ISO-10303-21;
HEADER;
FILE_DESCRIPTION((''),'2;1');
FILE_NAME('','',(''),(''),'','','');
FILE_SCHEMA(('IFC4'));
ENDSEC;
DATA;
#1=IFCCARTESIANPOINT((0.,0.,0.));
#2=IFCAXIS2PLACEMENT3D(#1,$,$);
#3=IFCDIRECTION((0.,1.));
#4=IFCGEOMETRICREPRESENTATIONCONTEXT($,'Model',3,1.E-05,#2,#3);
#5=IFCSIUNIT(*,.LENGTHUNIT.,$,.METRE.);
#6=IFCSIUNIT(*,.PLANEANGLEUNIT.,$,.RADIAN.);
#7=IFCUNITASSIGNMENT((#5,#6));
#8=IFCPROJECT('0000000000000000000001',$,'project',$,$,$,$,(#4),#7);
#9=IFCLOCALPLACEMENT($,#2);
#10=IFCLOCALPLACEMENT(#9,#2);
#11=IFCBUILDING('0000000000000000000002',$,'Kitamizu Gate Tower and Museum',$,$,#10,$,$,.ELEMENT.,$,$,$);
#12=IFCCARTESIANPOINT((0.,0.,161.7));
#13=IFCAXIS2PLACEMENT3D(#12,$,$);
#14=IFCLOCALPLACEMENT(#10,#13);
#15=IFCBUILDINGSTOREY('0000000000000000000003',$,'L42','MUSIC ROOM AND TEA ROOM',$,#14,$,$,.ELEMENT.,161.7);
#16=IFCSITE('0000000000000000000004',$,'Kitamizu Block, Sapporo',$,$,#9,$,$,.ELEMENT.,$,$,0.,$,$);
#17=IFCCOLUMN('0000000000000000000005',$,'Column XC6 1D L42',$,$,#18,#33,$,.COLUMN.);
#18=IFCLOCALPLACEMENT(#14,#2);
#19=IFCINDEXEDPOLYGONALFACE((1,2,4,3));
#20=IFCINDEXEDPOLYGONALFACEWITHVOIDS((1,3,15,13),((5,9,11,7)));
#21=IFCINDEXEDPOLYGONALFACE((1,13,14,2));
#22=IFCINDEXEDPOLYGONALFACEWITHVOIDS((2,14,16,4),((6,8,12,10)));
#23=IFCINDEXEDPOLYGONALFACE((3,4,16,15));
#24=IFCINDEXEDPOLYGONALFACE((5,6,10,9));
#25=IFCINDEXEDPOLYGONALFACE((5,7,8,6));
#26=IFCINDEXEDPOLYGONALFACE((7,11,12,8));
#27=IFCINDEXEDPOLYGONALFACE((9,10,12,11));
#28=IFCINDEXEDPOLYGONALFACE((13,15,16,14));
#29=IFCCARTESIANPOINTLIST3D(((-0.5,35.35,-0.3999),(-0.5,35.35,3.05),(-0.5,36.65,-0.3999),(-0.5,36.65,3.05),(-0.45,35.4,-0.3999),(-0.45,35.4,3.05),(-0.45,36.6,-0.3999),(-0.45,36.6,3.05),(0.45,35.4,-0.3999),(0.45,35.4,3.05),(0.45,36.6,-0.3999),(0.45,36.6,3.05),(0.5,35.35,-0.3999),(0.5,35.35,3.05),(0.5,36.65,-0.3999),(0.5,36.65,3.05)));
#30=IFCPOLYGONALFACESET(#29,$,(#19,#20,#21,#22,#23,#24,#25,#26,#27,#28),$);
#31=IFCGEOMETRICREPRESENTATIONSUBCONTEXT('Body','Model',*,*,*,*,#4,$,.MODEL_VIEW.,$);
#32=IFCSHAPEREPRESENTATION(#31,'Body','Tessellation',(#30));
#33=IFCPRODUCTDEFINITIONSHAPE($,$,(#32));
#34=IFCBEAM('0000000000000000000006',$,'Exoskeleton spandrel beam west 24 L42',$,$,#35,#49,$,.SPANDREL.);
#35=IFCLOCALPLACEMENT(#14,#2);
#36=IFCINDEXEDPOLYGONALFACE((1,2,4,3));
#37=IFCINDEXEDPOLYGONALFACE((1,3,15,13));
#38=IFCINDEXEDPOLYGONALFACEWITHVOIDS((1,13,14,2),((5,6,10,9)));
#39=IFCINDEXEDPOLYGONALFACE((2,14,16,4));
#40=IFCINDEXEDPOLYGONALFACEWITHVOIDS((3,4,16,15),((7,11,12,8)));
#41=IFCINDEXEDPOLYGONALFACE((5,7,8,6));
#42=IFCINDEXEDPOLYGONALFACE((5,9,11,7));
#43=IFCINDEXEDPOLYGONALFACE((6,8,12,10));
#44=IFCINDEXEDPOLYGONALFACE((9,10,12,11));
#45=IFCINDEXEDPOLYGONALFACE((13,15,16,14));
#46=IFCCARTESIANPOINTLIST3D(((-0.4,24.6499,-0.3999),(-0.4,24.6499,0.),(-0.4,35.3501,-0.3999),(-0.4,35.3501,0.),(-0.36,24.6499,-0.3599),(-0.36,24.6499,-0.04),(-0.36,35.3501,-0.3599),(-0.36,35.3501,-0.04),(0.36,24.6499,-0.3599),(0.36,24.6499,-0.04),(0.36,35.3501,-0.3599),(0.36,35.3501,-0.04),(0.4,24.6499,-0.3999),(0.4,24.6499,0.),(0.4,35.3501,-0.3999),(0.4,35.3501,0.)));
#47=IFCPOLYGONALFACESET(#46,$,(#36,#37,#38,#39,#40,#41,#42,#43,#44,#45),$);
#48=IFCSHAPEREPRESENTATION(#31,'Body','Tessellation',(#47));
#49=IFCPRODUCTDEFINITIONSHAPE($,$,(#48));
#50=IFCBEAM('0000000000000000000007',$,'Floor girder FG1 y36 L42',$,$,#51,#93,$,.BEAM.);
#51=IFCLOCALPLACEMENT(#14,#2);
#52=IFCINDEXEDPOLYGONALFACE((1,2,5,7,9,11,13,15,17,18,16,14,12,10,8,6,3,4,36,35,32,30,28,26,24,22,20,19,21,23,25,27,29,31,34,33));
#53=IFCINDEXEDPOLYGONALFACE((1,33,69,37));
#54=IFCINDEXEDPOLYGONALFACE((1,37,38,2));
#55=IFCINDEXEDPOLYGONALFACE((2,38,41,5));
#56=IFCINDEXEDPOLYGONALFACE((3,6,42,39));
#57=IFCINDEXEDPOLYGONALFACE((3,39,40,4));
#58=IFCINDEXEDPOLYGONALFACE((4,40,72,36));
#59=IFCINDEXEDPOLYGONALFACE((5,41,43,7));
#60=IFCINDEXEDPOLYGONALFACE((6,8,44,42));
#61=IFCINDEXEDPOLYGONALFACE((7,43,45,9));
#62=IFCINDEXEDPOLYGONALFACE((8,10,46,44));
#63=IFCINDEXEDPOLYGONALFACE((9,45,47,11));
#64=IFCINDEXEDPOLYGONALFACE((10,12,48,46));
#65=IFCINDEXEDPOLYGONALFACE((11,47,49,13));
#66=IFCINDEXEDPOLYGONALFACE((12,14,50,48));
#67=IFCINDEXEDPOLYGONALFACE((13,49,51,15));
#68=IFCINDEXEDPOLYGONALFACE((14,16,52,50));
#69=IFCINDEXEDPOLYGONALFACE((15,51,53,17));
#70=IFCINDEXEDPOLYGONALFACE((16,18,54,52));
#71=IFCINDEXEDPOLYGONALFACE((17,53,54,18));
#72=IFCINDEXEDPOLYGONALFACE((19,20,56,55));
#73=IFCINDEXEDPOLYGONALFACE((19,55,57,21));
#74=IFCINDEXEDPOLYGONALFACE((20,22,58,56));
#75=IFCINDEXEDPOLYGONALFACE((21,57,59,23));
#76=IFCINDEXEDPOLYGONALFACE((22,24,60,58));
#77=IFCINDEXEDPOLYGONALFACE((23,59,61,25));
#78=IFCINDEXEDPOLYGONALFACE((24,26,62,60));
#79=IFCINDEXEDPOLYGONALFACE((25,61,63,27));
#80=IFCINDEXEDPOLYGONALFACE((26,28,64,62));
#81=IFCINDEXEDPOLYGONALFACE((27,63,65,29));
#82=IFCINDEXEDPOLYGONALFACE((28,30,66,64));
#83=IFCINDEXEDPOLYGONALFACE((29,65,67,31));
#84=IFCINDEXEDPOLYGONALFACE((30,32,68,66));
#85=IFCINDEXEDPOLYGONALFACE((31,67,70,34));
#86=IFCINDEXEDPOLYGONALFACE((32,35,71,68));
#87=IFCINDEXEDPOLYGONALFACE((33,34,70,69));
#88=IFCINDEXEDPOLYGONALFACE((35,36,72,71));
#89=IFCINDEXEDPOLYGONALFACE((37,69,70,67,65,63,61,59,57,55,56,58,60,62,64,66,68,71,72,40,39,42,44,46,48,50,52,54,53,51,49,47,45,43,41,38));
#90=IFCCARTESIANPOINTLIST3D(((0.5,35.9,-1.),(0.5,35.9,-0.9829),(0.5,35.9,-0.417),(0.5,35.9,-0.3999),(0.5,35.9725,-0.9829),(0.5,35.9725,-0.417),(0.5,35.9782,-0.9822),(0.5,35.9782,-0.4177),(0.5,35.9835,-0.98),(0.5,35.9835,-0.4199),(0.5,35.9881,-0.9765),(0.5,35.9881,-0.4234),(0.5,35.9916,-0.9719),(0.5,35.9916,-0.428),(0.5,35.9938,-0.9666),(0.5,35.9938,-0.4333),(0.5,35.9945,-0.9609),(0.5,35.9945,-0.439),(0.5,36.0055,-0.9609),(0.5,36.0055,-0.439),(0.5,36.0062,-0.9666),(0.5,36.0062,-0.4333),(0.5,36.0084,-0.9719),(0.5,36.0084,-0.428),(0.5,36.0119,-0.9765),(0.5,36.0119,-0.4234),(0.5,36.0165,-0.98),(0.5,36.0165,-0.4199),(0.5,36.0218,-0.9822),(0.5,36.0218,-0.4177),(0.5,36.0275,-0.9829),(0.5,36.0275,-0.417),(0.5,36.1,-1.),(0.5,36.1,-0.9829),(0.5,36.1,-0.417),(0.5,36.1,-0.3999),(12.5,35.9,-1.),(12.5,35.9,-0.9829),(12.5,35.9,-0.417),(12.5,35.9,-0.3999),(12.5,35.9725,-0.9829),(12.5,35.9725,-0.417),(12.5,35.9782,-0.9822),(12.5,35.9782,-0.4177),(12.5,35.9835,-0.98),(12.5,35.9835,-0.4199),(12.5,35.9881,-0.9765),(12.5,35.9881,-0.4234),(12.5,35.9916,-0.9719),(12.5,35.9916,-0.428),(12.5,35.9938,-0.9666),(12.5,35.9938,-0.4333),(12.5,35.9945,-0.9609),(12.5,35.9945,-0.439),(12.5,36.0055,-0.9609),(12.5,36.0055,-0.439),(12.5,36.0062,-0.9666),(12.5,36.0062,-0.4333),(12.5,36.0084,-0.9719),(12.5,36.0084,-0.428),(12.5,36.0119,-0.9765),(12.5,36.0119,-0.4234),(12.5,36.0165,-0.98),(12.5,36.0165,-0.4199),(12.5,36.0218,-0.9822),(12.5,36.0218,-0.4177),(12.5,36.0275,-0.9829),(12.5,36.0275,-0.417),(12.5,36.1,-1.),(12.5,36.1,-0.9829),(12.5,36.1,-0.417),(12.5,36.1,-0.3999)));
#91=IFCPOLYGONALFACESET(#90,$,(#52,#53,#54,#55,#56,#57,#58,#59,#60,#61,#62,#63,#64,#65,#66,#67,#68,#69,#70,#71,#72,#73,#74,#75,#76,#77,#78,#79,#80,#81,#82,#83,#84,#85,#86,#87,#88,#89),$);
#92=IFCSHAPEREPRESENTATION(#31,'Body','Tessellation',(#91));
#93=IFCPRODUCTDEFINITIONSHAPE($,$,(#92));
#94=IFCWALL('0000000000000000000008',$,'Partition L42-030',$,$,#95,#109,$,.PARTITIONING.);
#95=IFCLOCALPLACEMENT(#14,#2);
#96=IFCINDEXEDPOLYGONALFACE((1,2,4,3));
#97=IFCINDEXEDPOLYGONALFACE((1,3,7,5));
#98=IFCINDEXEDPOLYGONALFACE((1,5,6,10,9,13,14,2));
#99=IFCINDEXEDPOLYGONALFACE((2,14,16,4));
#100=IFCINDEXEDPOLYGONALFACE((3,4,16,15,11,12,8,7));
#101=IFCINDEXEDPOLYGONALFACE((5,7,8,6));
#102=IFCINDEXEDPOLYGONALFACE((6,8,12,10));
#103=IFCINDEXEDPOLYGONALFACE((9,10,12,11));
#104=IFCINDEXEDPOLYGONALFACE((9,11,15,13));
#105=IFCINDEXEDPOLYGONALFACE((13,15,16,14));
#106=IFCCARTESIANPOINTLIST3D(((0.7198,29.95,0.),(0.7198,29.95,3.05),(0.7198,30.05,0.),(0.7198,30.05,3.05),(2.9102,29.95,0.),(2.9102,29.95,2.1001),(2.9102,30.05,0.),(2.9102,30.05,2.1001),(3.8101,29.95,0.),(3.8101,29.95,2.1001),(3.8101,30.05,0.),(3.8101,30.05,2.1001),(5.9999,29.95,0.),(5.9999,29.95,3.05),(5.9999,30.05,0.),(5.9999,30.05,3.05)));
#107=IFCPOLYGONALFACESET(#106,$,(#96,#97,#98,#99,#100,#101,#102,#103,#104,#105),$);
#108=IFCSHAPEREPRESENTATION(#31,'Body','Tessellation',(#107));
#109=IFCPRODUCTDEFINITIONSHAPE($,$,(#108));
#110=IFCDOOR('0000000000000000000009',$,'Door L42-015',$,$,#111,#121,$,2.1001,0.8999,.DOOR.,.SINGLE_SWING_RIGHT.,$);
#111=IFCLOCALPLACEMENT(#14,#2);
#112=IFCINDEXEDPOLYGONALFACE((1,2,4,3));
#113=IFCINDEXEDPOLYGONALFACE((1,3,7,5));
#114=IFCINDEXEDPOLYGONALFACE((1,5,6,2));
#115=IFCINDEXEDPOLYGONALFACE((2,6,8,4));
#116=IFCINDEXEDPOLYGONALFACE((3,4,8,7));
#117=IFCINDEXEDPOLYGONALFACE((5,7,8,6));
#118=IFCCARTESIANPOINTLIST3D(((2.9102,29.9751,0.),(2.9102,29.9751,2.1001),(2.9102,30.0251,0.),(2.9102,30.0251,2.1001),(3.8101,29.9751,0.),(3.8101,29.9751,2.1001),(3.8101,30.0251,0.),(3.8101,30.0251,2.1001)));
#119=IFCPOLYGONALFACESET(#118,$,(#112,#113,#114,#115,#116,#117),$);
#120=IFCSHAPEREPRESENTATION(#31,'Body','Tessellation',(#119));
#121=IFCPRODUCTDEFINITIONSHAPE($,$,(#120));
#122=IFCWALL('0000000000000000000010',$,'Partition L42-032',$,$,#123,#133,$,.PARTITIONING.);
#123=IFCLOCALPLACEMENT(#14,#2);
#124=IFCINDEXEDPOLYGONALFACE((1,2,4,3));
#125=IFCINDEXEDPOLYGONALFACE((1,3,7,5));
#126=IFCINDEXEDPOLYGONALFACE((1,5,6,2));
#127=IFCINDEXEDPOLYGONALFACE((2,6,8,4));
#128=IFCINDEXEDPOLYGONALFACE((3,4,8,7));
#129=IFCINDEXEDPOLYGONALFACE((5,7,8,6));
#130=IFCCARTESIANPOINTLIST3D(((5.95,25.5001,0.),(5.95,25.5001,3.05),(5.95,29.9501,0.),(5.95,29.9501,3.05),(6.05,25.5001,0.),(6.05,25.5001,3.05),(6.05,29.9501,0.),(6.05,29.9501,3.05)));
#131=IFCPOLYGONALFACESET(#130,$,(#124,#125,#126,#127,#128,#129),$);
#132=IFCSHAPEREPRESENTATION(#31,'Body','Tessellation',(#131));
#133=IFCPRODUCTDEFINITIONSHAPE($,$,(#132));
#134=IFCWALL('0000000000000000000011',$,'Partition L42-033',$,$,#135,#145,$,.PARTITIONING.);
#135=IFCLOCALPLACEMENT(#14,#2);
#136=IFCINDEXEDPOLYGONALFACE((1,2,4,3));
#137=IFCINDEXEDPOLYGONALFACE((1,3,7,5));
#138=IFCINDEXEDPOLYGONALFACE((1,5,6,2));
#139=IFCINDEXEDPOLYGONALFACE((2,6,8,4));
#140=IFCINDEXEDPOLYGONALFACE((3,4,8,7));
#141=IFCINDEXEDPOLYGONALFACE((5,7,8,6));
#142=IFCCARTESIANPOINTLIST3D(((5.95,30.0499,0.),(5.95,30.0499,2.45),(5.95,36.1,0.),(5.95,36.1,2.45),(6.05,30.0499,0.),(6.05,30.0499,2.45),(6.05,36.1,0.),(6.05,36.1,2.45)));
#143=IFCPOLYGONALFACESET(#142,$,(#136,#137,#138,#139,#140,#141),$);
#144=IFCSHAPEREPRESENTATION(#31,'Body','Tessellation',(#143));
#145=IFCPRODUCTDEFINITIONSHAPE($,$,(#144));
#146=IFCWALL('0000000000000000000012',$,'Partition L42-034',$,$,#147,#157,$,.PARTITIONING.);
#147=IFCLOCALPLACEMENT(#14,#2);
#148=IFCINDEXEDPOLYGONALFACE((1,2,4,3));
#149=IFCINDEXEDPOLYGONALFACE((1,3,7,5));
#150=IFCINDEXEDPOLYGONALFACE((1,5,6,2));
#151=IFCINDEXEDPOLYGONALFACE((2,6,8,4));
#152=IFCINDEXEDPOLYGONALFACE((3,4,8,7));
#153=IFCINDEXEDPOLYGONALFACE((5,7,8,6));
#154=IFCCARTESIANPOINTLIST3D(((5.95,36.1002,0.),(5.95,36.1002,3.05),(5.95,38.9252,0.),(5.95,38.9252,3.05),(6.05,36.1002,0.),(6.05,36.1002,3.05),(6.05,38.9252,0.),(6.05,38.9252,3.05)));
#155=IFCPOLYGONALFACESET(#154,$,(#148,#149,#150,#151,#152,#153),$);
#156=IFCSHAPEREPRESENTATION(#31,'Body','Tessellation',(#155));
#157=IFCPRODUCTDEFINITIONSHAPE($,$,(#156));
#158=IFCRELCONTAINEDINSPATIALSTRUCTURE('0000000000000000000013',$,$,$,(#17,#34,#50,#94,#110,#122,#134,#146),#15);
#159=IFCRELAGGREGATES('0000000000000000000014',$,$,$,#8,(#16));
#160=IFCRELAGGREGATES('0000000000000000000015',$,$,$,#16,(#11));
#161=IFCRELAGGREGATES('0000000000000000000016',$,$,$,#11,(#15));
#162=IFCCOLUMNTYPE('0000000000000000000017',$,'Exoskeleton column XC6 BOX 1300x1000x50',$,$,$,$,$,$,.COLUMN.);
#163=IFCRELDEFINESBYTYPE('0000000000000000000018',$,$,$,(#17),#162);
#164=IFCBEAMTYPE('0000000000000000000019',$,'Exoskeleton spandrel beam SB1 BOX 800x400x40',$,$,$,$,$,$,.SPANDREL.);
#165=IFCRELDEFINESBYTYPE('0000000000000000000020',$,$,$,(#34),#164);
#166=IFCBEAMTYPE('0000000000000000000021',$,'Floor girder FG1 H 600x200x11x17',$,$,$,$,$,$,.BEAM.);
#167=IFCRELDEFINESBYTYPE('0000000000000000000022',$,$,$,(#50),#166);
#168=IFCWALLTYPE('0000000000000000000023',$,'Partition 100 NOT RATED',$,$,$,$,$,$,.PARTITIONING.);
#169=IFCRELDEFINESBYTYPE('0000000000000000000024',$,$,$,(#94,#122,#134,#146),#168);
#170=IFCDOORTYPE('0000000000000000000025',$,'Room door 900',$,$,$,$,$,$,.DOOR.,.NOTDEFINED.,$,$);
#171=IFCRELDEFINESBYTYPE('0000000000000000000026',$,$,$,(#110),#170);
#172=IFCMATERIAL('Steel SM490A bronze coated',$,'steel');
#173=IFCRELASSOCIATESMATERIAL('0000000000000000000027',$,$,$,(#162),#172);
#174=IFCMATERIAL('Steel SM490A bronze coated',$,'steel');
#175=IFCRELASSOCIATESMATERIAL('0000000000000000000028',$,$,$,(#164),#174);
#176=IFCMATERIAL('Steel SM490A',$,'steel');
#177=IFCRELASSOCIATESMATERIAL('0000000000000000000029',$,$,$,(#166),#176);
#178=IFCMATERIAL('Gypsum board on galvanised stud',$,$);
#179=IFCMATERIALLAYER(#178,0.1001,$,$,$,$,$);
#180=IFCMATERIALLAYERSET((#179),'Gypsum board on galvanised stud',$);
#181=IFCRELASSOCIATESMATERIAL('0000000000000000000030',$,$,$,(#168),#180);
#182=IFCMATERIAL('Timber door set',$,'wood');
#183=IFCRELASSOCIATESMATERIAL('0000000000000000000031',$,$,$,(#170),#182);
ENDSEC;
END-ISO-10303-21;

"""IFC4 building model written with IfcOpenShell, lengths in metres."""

from ifc_helpers import new_model, si_unit, direction, frame, frame_2d, origin, origin_2d, place, context, subcontext, project, spatial, rectangle, hollow_rectangle, i_section, extrude, material, layer, layer_set, material_profile, profile_set, type_object, element, fill, save


model = new_model("IFC4")

# Units and contexts
model_context = context("Model", 3, precision=1e-05, world=origin(), true_north=direction((0.0, 1.0)))
body_context = subcontext(model_context, "Body", "Model", "MODEL_VIEW")
ifc_project = project(units=[si_unit("LENGTHUNIT", "METRE"), si_unit("PLANEANGLEUNIT", "RADIAN")], contexts=[model_context])

# Site, building, storey
site_placement = place(None, origin())
site = spatial("IfcSite", under=ifc_project, at=site_placement, Name="Kitamizu Block, Sapporo", CompositionType="ELEMENT", RefElevation=0.0)
building_placement = place(site_placement, origin())
building = spatial("IfcBuilding", under=site, at=building_placement, Name="Kitamizu Gate Tower and Museum", CompositionType="ELEMENT")
storey_placement = place(building_placement, frame((0.0, 0.0, 161.7)))
storey = spatial("IfcBuildingStorey", under=building, at=storey_placement, Name="L42", Description="MUSIC ROOM AND TEA ROOM", CompositionType="ELEMENT", Elevation=161.7)

# Column
ifc_material_1 = material(Name="Steel SM490A bronze coated", Category="steel")
ifc_material_profile_1 = material_profile(ifc_material_1, hollow_rectangle(XDim=1.3, YDim=1.0, WallThickness=0.05, at=origin_2d()), Name="BOX 1300x1000x50")
ifc_profile_set_1 = profile_set([ifc_material_profile_1], Name="Steel SM490A bronze coated")
column_type = type_object("IfcColumnType", Name="Exoskeleton column XC6 BOX 1300x1000x50", PredefinedType="COLUMN", material=ifc_profile_set_1)
column_placement = place(storey_placement, frame((0.0, 36.0, -0.3999), z_axis=(0.0, 0.0, 1.0), x_axis=(0.0, 1.0, 0.0)))
element("IfcColumn", 1, at=column_placement, inside=storey, type_object=column_type, Name="Column XC6 1D L42", PredefinedType="COLUMN", context=body_context, shape_type="SweptSolid", body=[
    extrude(hollow_rectangle(XDim=1.3, YDim=1.0, WallThickness=0.05, at=origin_2d()), origin(), (0.0, 0.0, 1.0), 3.45),
])

# Beams
ifc_material_2 = material(Name="Steel SM490A bronze coated", Category="steel")
ifc_material_profile_2 = material_profile(ifc_material_2, hollow_rectangle(XDim=0.8, YDim=0.3999, WallThickness=0.04, at=origin_2d()), Name="BOX 800x400x40")
ifc_profile_set_2 = profile_set([ifc_material_profile_2], Name="Steel SM490A bronze coated")
beam_type_1 = type_object("IfcBeamType", Name="Exoskeleton spandrel beam SB1 BOX 800x400x40", PredefinedType="SPANDREL", material=ifc_profile_set_2)
beam_1_placement = place(storey_placement, frame((0.0, 24.6499, -0.2), z_axis=(0.0, 1.0, 0.0), x_axis=(-1.0, 0.0, 0.0)))
element("IfcBeam", 2, at=beam_1_placement, inside=storey, type_object=beam_type_1, Name="Exoskeleton spandrel beam west 24 L42", PredefinedType="SPANDREL", context=body_context, shape_type="SweptSolid", body=[
    extrude(hollow_rectangle(XDim=0.8, YDim=0.3999, WallThickness=0.04, at=origin_2d()), origin(), (0.0, 0.0, 1.0), 10.7002),
])
ifc_material_3 = material(Name="Steel SM490A", Category="steel")
ifc_material_profile_3 = material_profile(ifc_material_3, i_section(OverallWidth=0.2, OverallDepth=0.6001, WebThickness=0.011, FlangeThickness=0.0171, FilletRadius=0.022, at=origin_2d()), Name="H-600x200x11x17")
ifc_profile_set_3 = profile_set([ifc_material_profile_3], Name="Steel SM490A")
beam_type_2 = type_object("IfcBeamType", Name="Floor girder FG1 H 600x200x11x17", PredefinedType="BEAM", material=ifc_profile_set_3)
beam_2_placement = place(storey_placement, frame((0.5, 36.0, -0.7), z_axis=(1.0, 0.0, 0.0), x_axis=(0.0, 1.0, 0.0)))
element("IfcBeam", 3, at=beam_2_placement, inside=storey, type_object=beam_type_2, Name="Floor girder FG1 y36 L42", PredefinedType="BEAM", context=body_context, shape_type="SweptSolid", body=[
    extrude(i_section(OverallWidth=0.2, OverallDepth=0.6001, WebThickness=0.011, FlangeThickness=0.0171, FilletRadius=0.022, at=origin_2d()), origin(), (0.0, 0.0, 1.0), 12.0),
])

# Wall, opening, door
ifc_material_4 = material(Name="Gypsum board on galvanised stud")
ifc_layer_1 = layer(ifc_material_4, 0.1001)
ifc_layer_set_1 = layer_set([ifc_layer_1], Name="Gypsum board on galvanised stud")
wall_type_1 = type_object("IfcWallType", Name="Partition 100 NOT RATED", PredefinedType="PARTITIONING", material=ifc_layer_set_1)
wall_1_placement = place(storey_placement, frame((6.0, 30.0, 0.0), z_axis=(0.0, 0.0, 1.0), x_axis=(-1.0, 0.0, 0.0)))
wall_1 = element("IfcWall", 4, at=wall_1_placement, inside=storey, type_object=wall_type_1, Name="Partition L42-030", PredefinedType="PARTITIONING", context=body_context, shape_type="SweptSolid", body=[
    extrude(rectangle(XDim=5.28, YDim=0.1001, at=frame_2d((2.6401, 0.0))), origin(), (0.0, 0.0, 1.0), 3.05),
])
opening_1_placement = place(wall_1_placement, frame((2.1899, 0.0, 0.0)))
opening_1 = element("IfcOpeningElement", 5, at=opening_1_placement, cuts=wall_1, PredefinedType="OPENING", context=body_context, shape_type="SweptSolid", body=[
    extrude(rectangle(XDim=0.8999, YDim=2.1001, at=frame_2d((0.45, 1.05))), frame((0.0, 0.0601, 0.0), z_axis=(0.0, -1.0, 0.0), x_axis=(1.0, 0.0, 0.0)), (0.0, 0.0, 1.0), 0.1201),
])
ifc_material_5 = material(Name="Timber door set", Category="wood")
door_type = type_object("IfcDoorType", Name="Room door 900", OperationType="NOTDEFINED", PredefinedType="DOOR", material=ifc_material_5)
door_1_placement = place(opening_1_placement, origin())
door_1 = element("IfcDoor", 6, at=door_1_placement, inside=storey, type_object=door_type, Name="Door L42-015", OperationType="SINGLE_SWING_RIGHT", OverallHeight=2.1001, OverallWidth=0.8999, PredefinedType="DOOR", context=body_context, shape_type="SweptSolid", body=[
    extrude(rectangle(XDim=0.8999, YDim=2.1001, at=frame_2d((0.45, 1.05))), frame((0.0, 0.0249, 0.0), z_axis=(0.0, -1.0, 0.0), x_axis=(1.0, 0.0, 0.0)), (0.0, 0.0, 1.0), 0.05),
])
fill(opening_1, door_1)

# Walls
wall_2_placement = place(storey_placement, frame((6.0, 25.5, 0.0), z_axis=(0.0, 0.0, 1.0), x_axis=(0.0, 1.0, 0.0)))
element("IfcWall", 7, at=wall_2_placement, inside=storey, type_object=wall_type_1, Name="Partition L42-032", PredefinedType="PARTITIONING", context=body_context, shape_type="SweptSolid", body=[
    extrude(rectangle(XDim=4.45, YDim=0.1001, at=frame_2d((2.2251, 0.0))), origin(), (0.0, 0.0, 1.0), 3.05),
])
wall_3_placement = place(storey_placement, frame((6.0, 30.05, 0.0), z_axis=(0.0, 0.0, 1.0), x_axis=(0.0, 1.0, 0.0)))
element("IfcWall", 8, at=wall_3_placement, inside=storey, type_object=wall_type_1, Name="Partition L42-033", PredefinedType="PARTITIONING", context=body_context, shape_type="SweptSolid", body=[
    extrude(rectangle(XDim=6.05, YDim=0.1001, at=frame_2d((3.0249, 0.0))), origin(), (0.0, 0.0, 1.0), 2.45),
])
wall_4_placement = place(storey_placement, frame((6.0, 36.1001, 0.0), z_axis=(0.0, 0.0, 1.0), x_axis=(0.0, 1.0, 0.0)))
element("IfcWall", 9, at=wall_4_placement, inside=storey, type_object=wall_type_1, Name="Partition L42-034", PredefinedType="PARTITIONING", context=body_context, shape_type="SweptSolid", body=[
    extrude(rectangle(XDim=2.825, YDim=0.1001, at=frame_2d((1.4126, 0.0))), origin(), (0.0, 0.0, 1.0), 3.05),
])

save(model, "model.ifc")
